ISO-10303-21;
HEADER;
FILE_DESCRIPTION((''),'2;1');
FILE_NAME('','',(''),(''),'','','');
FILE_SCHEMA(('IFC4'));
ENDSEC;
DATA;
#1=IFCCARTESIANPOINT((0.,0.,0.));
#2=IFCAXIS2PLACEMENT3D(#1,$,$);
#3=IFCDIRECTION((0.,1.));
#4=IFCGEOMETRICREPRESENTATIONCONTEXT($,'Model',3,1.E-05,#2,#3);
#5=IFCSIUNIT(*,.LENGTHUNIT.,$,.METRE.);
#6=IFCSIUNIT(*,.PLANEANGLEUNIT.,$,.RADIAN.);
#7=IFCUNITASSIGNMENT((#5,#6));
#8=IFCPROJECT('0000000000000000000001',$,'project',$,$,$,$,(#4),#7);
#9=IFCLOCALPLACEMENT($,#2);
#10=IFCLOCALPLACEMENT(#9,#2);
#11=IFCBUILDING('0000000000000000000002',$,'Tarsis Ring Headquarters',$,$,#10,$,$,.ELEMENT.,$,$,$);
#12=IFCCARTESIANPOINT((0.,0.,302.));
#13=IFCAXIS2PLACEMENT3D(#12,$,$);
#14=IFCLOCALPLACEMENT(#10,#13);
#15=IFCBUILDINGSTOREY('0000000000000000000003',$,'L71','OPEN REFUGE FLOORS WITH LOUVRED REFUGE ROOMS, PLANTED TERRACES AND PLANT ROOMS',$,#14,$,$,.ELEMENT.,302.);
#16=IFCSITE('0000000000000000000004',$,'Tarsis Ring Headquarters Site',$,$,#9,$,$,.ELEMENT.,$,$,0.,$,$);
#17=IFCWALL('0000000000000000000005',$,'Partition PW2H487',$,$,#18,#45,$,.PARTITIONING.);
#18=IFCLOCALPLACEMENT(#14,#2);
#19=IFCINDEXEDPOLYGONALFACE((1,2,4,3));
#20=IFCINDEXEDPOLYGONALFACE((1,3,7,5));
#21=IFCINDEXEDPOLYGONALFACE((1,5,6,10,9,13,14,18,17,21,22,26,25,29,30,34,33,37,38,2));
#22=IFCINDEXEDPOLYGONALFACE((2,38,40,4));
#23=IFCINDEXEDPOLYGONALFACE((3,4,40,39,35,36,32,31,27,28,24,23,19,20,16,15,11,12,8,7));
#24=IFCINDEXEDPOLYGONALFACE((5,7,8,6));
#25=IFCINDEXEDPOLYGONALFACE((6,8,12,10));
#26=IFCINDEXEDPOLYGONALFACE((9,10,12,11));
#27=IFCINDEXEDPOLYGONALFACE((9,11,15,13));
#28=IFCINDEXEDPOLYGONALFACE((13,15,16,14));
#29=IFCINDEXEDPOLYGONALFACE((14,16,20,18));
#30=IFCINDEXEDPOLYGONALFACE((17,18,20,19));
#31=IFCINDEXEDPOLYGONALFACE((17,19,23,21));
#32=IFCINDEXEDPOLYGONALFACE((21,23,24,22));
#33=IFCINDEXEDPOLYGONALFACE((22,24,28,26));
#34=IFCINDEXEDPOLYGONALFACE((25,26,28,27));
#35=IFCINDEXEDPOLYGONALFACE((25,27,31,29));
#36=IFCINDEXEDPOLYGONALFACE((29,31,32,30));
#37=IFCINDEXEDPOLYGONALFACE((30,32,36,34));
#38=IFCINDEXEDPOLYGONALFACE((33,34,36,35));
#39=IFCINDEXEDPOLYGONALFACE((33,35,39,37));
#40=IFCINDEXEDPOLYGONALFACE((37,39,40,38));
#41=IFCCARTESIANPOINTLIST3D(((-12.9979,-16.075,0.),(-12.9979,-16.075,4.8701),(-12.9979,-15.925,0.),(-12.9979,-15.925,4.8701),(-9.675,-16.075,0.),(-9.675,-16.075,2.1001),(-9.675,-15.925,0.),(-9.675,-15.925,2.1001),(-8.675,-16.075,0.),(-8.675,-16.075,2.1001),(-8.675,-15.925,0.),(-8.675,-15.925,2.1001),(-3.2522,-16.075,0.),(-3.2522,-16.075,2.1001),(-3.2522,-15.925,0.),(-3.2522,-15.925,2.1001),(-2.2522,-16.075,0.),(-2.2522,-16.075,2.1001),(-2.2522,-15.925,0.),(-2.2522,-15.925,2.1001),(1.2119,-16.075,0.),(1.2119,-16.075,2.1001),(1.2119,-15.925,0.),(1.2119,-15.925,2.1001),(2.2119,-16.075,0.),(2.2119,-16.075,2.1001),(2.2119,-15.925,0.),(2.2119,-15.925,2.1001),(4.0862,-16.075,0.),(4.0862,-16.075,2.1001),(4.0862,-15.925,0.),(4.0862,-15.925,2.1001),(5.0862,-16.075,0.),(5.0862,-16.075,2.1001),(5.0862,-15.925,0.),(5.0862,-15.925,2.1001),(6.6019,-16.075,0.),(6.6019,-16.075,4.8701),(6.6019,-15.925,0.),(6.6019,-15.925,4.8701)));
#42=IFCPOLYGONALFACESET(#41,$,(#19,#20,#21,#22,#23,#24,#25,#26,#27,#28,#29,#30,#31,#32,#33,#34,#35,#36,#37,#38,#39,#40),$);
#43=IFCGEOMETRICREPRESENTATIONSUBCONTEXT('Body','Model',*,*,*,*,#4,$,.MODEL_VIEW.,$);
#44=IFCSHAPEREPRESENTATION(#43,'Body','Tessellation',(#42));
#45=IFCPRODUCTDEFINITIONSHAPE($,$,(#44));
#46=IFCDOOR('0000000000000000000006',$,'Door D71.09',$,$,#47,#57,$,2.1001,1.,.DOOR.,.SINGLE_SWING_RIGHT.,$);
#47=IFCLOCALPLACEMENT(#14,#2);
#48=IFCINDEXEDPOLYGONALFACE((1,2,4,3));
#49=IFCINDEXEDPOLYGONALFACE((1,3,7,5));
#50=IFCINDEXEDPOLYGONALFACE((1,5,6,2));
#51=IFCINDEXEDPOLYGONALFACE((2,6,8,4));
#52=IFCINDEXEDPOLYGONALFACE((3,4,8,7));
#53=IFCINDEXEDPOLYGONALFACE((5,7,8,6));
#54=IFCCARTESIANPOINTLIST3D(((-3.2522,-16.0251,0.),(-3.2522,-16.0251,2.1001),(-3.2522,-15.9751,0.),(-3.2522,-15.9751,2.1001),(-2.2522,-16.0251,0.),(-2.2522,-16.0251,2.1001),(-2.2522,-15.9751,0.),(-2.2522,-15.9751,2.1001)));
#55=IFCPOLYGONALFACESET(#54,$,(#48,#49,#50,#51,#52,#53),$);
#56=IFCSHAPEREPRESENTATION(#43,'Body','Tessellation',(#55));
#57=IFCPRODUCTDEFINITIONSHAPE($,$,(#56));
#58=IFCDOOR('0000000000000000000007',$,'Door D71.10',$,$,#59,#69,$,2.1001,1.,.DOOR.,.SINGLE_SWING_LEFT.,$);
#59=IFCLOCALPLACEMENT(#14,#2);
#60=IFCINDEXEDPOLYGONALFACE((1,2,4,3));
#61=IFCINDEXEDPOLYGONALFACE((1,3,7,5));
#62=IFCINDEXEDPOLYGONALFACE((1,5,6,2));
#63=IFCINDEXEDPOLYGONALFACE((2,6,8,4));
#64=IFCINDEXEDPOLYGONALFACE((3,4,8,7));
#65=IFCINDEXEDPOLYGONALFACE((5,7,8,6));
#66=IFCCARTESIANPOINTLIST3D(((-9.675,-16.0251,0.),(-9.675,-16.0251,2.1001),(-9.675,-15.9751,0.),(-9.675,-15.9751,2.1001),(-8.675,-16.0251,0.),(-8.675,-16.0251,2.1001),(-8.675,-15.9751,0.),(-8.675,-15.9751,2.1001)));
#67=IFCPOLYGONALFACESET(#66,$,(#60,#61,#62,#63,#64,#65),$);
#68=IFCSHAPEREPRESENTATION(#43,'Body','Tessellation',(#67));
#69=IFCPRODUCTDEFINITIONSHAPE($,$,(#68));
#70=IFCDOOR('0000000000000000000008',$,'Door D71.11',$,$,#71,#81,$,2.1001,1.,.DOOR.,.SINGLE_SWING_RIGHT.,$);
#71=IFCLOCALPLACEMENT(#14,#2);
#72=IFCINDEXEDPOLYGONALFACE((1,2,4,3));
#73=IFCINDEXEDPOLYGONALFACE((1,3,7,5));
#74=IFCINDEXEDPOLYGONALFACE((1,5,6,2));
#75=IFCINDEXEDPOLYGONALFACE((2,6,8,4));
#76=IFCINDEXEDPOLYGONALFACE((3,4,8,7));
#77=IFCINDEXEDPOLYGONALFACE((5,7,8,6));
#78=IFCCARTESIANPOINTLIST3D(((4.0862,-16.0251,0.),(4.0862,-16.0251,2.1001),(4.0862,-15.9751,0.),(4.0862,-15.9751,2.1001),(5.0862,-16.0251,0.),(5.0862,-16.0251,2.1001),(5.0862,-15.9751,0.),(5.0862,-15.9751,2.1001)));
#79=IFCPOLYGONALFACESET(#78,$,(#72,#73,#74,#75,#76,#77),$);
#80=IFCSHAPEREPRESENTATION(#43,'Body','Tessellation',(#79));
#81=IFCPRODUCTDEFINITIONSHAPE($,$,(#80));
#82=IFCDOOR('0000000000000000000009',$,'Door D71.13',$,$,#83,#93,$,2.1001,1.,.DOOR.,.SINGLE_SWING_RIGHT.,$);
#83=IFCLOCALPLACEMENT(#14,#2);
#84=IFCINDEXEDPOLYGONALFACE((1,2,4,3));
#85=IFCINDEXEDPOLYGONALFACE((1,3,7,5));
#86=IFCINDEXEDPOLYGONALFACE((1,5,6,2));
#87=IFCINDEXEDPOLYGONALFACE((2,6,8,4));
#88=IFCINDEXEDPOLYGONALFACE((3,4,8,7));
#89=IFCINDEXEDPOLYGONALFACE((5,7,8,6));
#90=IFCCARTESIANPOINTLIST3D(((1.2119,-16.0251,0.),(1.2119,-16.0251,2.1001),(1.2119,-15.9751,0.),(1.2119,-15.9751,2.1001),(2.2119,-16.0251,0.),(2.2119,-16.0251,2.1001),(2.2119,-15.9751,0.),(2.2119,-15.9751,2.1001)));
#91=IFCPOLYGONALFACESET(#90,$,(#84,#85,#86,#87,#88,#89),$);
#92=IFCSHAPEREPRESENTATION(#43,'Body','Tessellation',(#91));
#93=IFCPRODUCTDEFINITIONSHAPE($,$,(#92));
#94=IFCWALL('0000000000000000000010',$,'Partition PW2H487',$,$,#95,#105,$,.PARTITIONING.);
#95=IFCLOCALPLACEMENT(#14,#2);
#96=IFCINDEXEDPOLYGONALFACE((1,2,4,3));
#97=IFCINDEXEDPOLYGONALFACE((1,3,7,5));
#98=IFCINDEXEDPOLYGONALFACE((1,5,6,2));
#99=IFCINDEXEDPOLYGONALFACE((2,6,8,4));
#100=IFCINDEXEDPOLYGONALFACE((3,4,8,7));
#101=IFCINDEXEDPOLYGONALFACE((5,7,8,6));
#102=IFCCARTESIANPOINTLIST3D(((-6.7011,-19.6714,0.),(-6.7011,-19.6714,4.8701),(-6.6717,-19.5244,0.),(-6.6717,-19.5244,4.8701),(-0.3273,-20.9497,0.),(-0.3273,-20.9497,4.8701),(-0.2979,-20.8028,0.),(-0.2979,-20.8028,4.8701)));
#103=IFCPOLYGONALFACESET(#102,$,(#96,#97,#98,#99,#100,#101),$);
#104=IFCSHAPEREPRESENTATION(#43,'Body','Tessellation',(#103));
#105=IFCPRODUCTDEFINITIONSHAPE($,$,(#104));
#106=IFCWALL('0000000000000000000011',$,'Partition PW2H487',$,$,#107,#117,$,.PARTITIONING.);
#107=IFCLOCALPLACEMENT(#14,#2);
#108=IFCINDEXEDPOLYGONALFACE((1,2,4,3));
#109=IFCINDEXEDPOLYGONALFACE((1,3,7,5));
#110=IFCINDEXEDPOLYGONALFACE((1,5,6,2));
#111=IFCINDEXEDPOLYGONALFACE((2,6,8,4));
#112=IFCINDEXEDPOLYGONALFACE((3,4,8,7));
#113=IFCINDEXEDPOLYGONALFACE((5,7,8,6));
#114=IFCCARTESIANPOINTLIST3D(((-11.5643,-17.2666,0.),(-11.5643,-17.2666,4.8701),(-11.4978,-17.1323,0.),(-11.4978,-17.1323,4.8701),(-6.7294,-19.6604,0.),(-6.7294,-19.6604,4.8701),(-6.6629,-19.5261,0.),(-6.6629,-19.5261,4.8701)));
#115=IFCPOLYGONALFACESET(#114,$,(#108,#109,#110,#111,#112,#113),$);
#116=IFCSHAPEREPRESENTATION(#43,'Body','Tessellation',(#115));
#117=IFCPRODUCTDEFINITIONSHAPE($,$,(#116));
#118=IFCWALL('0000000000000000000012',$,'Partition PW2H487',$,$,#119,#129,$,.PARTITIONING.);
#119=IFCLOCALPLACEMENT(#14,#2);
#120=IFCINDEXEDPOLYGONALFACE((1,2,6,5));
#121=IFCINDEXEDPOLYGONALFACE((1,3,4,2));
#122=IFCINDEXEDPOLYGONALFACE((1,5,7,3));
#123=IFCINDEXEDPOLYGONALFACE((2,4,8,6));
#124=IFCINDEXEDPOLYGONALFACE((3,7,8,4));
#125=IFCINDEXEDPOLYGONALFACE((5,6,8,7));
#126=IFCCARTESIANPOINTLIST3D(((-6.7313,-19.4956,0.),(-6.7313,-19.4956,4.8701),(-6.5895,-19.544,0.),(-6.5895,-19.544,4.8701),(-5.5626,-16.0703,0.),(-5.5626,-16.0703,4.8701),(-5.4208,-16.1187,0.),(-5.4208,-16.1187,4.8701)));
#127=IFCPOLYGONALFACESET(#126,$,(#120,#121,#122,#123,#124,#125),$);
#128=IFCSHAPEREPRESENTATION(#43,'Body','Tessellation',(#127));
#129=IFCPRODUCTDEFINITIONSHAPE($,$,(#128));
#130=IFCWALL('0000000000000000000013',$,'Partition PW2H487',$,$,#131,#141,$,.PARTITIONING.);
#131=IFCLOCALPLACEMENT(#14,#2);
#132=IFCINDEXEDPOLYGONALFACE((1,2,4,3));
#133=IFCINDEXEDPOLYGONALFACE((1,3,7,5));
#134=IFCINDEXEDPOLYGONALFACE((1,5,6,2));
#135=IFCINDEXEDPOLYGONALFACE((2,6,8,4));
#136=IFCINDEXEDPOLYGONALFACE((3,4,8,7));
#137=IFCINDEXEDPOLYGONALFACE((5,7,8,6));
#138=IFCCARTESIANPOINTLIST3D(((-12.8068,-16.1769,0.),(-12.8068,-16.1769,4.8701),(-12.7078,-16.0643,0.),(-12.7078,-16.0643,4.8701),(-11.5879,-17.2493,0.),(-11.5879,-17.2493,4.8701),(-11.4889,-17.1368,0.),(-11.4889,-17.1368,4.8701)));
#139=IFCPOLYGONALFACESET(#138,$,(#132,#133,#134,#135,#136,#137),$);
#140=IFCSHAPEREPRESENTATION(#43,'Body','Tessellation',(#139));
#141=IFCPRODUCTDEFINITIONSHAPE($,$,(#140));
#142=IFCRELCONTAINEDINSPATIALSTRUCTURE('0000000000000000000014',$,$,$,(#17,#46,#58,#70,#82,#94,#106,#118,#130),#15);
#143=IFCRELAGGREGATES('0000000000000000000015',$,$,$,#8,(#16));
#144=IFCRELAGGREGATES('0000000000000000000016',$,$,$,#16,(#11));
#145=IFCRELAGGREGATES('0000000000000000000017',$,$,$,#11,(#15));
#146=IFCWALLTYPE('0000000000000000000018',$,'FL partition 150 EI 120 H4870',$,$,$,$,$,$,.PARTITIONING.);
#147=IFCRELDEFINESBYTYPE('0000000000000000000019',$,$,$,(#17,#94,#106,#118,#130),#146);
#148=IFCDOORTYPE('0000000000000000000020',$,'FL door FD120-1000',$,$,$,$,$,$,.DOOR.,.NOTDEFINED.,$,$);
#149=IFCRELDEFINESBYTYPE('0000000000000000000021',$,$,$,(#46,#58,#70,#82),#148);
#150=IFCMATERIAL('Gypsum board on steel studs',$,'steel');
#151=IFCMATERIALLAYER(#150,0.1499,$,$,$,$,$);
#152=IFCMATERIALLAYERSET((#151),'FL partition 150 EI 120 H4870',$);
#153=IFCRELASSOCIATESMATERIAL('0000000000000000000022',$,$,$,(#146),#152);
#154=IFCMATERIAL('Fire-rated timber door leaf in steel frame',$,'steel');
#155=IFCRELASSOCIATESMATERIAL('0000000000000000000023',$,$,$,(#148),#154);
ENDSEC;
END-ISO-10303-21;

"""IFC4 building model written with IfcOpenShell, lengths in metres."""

from ifc_helpers import new_model, si_unit, direction, frame, frame_2d, origin, place, context, subcontext, project, spatial, rectangle, extrude, material, layer, layer_set, type_object, element, fill, save


model = new_model("IFC4")

# Units and contexts
model_context = context("Model", 3, precision=1e-05, world=origin(), true_north=direction((0.0, 1.0)))
body_context = subcontext(model_context, "Body", "Model", "MODEL_VIEW")
ifc_project = project(units=[si_unit("LENGTHUNIT", "METRE"), si_unit("PLANEANGLEUNIT", "RADIAN")], contexts=[model_context])

# Site, building, storey
site_placement = place(None, origin())
site = spatial("IfcSite", under=ifc_project, at=site_placement, Name="Tarsis Ring Headquarters Site", CompositionType="ELEMENT", RefElevation=0.0)
building_placement = place(site_placement, origin())
building = spatial("IfcBuilding", under=site, at=building_placement, Name="Tarsis Ring Headquarters", CompositionType="ELEMENT")
storey_placement = place(building_placement, frame((0.0, 0.0, 302.0)))
storey = spatial("IfcBuildingStorey", under=building, at=storey_placement, Name="L71", Description="OPEN REFUGE FLOORS WITH LOUVRED REFUGE ROOMS, PLANTED TERRACES AND PLANT ROOMS", CompositionType="ELEMENT", Elevation=302.0)

# Wall, openings, doors
ifc_material_1 = material(Name="Gypsum board on steel studs", Category="steel")
ifc_layer_1 = layer(ifc_material_1, 0.1499)
ifc_layer_set_1 = layer_set([ifc_layer_1], Name="FL partition 150 EI 120 H4870")
wall_type_1 = type_object("IfcWallType", Name="FL partition 150 EI 120 H4870", PredefinedType="PARTITIONING", material=ifc_layer_set_1)
wall_1_placement = place(storey_placement, frame((-12.9978, -16.0, 0.0), z_axis=(0.0, 0.0, 1.0), x_axis=(1.0, 0.0, 0.0)))
wall_1 = element("IfcWall", 1, at=wall_1_placement, inside=storey, type_object=wall_type_1, Name="Partition PW2H487", PredefinedType="PARTITIONING", context=body_context, shape_type="SweptSolid", body=[
    extrude(rectangle(XDim=19.5999, YDim=0.1499, at=frame_2d((9.7998, 0.0))), origin(), (0.0, 0.0, 1.0), 4.8701),
])
opening_1_placement = place(wall_1_placement, frame((9.7456, 0.0, 0.0)))
opening_1 = element("IfcOpeningElement", 2, at=opening_1_placement, cuts=wall_1, PredefinedType="OPENING", context=body_context, shape_type="SweptSolid", body=[
    extrude(rectangle(XDim=1.0, YDim=2.1001, at=frame_2d((0.5, 1.05))), frame((0.0, 0.085, 0.0), z_axis=(0.0, -1.0, 0.0), x_axis=(1.0, 0.0, 0.0)), (0.0, 0.0, 1.0), 0.1699),
])
opening_2_placement = place(wall_1_placement, frame((3.3228, 0.0, 0.0)))
opening_2 = element("IfcOpeningElement", 3, at=opening_2_placement, cuts=wall_1, PredefinedType="OPENING", context=body_context, shape_type="SweptSolid", body=[
    extrude(rectangle(XDim=1.0, YDim=2.1001, at=frame_2d((0.5, 1.05))), frame((0.0, 0.085, 0.0), z_axis=(0.0, -1.0, 0.0), x_axis=(1.0, 0.0, 0.0)), (0.0, 0.0, 1.0), 0.1699),
])
opening_3_placement = place(wall_1_placement, frame((17.084, 0.0, 0.0)))
opening_3 = element("IfcOpeningElement", 4, at=opening_3_placement, cuts=wall_1, PredefinedType="OPENING", context=body_context, shape_type="SweptSolid", body=[
    extrude(rectangle(XDim=1.0, YDim=2.1001, at=frame_2d((0.5, 1.05))), frame((0.0, 0.085, 0.0), z_axis=(0.0, -1.0, 0.0), x_axis=(1.0, 0.0, 0.0)), (0.0, 0.0, 1.0), 0.1699),
])
opening_4_placement = place(wall_1_placement, frame((14.2097, 0.0, 0.0)))
opening_4 = element("IfcOpeningElement", 5, at=opening_4_placement, cuts=wall_1, PredefinedType="OPENING", context=body_context, shape_type="SweptSolid", body=[
    extrude(rectangle(XDim=1.0, YDim=2.1001, at=frame_2d((0.5, 1.05))), frame((0.0, 0.085, 0.0), z_axis=(0.0, -1.0, 0.0), x_axis=(1.0, 0.0, 0.0)), (0.0, 0.0, 1.0), 0.1699),
])
ifc_material_2 = material(Name="Fire-rated timber door leaf in steel frame", Category="steel")
door_type_1 = type_object("IfcDoorType", Name="FL door FD120-1000", OperationType="NOTDEFINED", PredefinedType="DOOR", material=ifc_material_2)
door_1_placement = place(opening_1_placement, origin())
door_1 = element("IfcDoor", 6, at=door_1_placement, inside=storey, type_object=door_type_1, Name="Door D71.09", OperationType="SINGLE_SWING_RIGHT", OverallHeight=2.1001, OverallWidth=1.0, PredefinedType="DOOR", context=body_context, shape_type="SweptSolid", body=[
    extrude(rectangle(XDim=1.0, YDim=2.1001, at=frame_2d((0.5, 1.05))), frame((0.0, 0.0249, 0.0), z_axis=(0.0, -1.0, 0.0), x_axis=(1.0, 0.0, 0.0)), (0.0, 0.0, 1.0), 0.05),
])
fill(opening_1, door_1)
door_2_placement = place(opening_2_placement, origin())
door_2 = element("IfcDoor", 7, at=door_2_placement, inside=storey, type_object=door_type_1, Name="Door D71.10", OperationType="SINGLE_SWING_LEFT", OverallHeight=2.1001, OverallWidth=1.0, PredefinedType="DOOR", context=body_context, shape_type="SweptSolid", body=[
    extrude(rectangle(XDim=1.0, YDim=2.1001, at=frame_2d((0.5, 1.05))), frame((0.0, 0.0249, 0.0), z_axis=(0.0, -1.0, 0.0), x_axis=(1.0, 0.0, 0.0)), (0.0, 0.0, 1.0), 0.05),
])
fill(opening_2, door_2)
door_3_placement = place(opening_3_placement, origin())
door_3 = element("IfcDoor", 8, at=door_3_placement, inside=storey, type_object=door_type_1, Name="Door D71.11", OperationType="SINGLE_SWING_RIGHT", OverallHeight=2.1001, OverallWidth=1.0, PredefinedType="DOOR", context=body_context, shape_type="SweptSolid", body=[
    extrude(rectangle(XDim=1.0, YDim=2.1001, at=frame_2d((0.5, 1.05))), frame((0.0, 0.0249, 0.0), z_axis=(0.0, -1.0, 0.0), x_axis=(1.0, 0.0, 0.0)), (0.0, 0.0, 1.0), 0.05),
])
fill(opening_3, door_3)
door_4_placement = place(opening_4_placement, origin())
door_4 = element("IfcDoor", 9, at=door_4_placement, inside=storey, type_object=door_type_1, Name="Door D71.13", OperationType="SINGLE_SWING_RIGHT", OverallHeight=2.1001, OverallWidth=1.0, PredefinedType="DOOR", context=body_context, shape_type="SweptSolid", body=[
    extrude(rectangle(XDim=1.0, YDim=2.1001, at=frame_2d((0.5, 1.05))), frame((0.0, 0.0249, 0.0), z_axis=(0.0, -1.0, 0.0), x_axis=(1.0, 0.0, 0.0)), (0.0, 0.0, 1.0), 0.05),
])
fill(opening_4, door_4)

# Walls
wall_2_placement = place(storey_placement, frame((-6.6865, -19.5979, 0.0), z_axis=(0.0, 0.0, 1.0), x_axis=(0.980475, -0.196643, 0.0)))
element("IfcWall", 10, at=wall_2_placement, inside=storey, type_object=wall_type_1, Name="Partition PW2H487", PredefinedType="PARTITIONING", context=body_context, shape_type="SweptSolid", body=[
    extrude(rectangle(XDim=6.5007, YDim=0.1499, at=frame_2d((3.2505, 0.0))), origin(), (0.0, 0.0, 1.0), 4.8701),
])
wall_3_placement = place(storey_placement, frame((-11.531, -17.1995, 0.0), z_axis=(0.0, 0.0, 1.0), x_axis=(0.896176, -0.443699, 0.0)))
element("IfcWall", 11, at=wall_3_placement, inside=storey, type_object=wall_type_1, Name="Partition PW2H487", PredefinedType="PARTITIONING", context=body_context, shape_type="SweptSolid", body=[
    extrude(rectangle(XDim=5.395, YDim=0.1499, at=frame_2d((2.6975, 0.0))), origin(), (0.0, 0.0, 1.0), 4.8701),
])
wall_4_placement = place(storey_placement, frame((-6.6604, -19.5198, 0.0), z_axis=(0.0, 0.0, 1.0), x_axis=(0.322918, 0.946427, 0.0)))
element("IfcWall", 12, at=wall_4_placement, inside=storey, type_object=wall_type_1, Name="Partition PW2H487", PredefinedType="PARTITIONING", context=body_context, shape_type="SweptSolid", body=[
    extrude(rectangle(XDim=3.6191, YDim=0.1499, at=frame_2d((1.8096, 0.0))), origin(), (0.0, 0.0, 1.0), 4.8701),
])
wall_5_placement = place(storey_placement, frame((-12.7573, -16.1206, 0.0), z_axis=(0.0, 0.0, 1.0), x_axis=(0.750776, -0.660557, 0.0)))
element("IfcWall", 13, at=wall_5_placement, inside=storey, type_object=wall_type_1, Name="Partition PW2H487", PredefinedType="PARTITIONING", context=body_context, shape_type="SweptSolid", body=[
    extrude(rectangle(XDim=1.6235, YDim=0.1499, at=frame_2d((0.8118, 0.0))), origin(), (0.0, 0.0, 1.0), 4.8701),
])

save(model, "model.ifc")
